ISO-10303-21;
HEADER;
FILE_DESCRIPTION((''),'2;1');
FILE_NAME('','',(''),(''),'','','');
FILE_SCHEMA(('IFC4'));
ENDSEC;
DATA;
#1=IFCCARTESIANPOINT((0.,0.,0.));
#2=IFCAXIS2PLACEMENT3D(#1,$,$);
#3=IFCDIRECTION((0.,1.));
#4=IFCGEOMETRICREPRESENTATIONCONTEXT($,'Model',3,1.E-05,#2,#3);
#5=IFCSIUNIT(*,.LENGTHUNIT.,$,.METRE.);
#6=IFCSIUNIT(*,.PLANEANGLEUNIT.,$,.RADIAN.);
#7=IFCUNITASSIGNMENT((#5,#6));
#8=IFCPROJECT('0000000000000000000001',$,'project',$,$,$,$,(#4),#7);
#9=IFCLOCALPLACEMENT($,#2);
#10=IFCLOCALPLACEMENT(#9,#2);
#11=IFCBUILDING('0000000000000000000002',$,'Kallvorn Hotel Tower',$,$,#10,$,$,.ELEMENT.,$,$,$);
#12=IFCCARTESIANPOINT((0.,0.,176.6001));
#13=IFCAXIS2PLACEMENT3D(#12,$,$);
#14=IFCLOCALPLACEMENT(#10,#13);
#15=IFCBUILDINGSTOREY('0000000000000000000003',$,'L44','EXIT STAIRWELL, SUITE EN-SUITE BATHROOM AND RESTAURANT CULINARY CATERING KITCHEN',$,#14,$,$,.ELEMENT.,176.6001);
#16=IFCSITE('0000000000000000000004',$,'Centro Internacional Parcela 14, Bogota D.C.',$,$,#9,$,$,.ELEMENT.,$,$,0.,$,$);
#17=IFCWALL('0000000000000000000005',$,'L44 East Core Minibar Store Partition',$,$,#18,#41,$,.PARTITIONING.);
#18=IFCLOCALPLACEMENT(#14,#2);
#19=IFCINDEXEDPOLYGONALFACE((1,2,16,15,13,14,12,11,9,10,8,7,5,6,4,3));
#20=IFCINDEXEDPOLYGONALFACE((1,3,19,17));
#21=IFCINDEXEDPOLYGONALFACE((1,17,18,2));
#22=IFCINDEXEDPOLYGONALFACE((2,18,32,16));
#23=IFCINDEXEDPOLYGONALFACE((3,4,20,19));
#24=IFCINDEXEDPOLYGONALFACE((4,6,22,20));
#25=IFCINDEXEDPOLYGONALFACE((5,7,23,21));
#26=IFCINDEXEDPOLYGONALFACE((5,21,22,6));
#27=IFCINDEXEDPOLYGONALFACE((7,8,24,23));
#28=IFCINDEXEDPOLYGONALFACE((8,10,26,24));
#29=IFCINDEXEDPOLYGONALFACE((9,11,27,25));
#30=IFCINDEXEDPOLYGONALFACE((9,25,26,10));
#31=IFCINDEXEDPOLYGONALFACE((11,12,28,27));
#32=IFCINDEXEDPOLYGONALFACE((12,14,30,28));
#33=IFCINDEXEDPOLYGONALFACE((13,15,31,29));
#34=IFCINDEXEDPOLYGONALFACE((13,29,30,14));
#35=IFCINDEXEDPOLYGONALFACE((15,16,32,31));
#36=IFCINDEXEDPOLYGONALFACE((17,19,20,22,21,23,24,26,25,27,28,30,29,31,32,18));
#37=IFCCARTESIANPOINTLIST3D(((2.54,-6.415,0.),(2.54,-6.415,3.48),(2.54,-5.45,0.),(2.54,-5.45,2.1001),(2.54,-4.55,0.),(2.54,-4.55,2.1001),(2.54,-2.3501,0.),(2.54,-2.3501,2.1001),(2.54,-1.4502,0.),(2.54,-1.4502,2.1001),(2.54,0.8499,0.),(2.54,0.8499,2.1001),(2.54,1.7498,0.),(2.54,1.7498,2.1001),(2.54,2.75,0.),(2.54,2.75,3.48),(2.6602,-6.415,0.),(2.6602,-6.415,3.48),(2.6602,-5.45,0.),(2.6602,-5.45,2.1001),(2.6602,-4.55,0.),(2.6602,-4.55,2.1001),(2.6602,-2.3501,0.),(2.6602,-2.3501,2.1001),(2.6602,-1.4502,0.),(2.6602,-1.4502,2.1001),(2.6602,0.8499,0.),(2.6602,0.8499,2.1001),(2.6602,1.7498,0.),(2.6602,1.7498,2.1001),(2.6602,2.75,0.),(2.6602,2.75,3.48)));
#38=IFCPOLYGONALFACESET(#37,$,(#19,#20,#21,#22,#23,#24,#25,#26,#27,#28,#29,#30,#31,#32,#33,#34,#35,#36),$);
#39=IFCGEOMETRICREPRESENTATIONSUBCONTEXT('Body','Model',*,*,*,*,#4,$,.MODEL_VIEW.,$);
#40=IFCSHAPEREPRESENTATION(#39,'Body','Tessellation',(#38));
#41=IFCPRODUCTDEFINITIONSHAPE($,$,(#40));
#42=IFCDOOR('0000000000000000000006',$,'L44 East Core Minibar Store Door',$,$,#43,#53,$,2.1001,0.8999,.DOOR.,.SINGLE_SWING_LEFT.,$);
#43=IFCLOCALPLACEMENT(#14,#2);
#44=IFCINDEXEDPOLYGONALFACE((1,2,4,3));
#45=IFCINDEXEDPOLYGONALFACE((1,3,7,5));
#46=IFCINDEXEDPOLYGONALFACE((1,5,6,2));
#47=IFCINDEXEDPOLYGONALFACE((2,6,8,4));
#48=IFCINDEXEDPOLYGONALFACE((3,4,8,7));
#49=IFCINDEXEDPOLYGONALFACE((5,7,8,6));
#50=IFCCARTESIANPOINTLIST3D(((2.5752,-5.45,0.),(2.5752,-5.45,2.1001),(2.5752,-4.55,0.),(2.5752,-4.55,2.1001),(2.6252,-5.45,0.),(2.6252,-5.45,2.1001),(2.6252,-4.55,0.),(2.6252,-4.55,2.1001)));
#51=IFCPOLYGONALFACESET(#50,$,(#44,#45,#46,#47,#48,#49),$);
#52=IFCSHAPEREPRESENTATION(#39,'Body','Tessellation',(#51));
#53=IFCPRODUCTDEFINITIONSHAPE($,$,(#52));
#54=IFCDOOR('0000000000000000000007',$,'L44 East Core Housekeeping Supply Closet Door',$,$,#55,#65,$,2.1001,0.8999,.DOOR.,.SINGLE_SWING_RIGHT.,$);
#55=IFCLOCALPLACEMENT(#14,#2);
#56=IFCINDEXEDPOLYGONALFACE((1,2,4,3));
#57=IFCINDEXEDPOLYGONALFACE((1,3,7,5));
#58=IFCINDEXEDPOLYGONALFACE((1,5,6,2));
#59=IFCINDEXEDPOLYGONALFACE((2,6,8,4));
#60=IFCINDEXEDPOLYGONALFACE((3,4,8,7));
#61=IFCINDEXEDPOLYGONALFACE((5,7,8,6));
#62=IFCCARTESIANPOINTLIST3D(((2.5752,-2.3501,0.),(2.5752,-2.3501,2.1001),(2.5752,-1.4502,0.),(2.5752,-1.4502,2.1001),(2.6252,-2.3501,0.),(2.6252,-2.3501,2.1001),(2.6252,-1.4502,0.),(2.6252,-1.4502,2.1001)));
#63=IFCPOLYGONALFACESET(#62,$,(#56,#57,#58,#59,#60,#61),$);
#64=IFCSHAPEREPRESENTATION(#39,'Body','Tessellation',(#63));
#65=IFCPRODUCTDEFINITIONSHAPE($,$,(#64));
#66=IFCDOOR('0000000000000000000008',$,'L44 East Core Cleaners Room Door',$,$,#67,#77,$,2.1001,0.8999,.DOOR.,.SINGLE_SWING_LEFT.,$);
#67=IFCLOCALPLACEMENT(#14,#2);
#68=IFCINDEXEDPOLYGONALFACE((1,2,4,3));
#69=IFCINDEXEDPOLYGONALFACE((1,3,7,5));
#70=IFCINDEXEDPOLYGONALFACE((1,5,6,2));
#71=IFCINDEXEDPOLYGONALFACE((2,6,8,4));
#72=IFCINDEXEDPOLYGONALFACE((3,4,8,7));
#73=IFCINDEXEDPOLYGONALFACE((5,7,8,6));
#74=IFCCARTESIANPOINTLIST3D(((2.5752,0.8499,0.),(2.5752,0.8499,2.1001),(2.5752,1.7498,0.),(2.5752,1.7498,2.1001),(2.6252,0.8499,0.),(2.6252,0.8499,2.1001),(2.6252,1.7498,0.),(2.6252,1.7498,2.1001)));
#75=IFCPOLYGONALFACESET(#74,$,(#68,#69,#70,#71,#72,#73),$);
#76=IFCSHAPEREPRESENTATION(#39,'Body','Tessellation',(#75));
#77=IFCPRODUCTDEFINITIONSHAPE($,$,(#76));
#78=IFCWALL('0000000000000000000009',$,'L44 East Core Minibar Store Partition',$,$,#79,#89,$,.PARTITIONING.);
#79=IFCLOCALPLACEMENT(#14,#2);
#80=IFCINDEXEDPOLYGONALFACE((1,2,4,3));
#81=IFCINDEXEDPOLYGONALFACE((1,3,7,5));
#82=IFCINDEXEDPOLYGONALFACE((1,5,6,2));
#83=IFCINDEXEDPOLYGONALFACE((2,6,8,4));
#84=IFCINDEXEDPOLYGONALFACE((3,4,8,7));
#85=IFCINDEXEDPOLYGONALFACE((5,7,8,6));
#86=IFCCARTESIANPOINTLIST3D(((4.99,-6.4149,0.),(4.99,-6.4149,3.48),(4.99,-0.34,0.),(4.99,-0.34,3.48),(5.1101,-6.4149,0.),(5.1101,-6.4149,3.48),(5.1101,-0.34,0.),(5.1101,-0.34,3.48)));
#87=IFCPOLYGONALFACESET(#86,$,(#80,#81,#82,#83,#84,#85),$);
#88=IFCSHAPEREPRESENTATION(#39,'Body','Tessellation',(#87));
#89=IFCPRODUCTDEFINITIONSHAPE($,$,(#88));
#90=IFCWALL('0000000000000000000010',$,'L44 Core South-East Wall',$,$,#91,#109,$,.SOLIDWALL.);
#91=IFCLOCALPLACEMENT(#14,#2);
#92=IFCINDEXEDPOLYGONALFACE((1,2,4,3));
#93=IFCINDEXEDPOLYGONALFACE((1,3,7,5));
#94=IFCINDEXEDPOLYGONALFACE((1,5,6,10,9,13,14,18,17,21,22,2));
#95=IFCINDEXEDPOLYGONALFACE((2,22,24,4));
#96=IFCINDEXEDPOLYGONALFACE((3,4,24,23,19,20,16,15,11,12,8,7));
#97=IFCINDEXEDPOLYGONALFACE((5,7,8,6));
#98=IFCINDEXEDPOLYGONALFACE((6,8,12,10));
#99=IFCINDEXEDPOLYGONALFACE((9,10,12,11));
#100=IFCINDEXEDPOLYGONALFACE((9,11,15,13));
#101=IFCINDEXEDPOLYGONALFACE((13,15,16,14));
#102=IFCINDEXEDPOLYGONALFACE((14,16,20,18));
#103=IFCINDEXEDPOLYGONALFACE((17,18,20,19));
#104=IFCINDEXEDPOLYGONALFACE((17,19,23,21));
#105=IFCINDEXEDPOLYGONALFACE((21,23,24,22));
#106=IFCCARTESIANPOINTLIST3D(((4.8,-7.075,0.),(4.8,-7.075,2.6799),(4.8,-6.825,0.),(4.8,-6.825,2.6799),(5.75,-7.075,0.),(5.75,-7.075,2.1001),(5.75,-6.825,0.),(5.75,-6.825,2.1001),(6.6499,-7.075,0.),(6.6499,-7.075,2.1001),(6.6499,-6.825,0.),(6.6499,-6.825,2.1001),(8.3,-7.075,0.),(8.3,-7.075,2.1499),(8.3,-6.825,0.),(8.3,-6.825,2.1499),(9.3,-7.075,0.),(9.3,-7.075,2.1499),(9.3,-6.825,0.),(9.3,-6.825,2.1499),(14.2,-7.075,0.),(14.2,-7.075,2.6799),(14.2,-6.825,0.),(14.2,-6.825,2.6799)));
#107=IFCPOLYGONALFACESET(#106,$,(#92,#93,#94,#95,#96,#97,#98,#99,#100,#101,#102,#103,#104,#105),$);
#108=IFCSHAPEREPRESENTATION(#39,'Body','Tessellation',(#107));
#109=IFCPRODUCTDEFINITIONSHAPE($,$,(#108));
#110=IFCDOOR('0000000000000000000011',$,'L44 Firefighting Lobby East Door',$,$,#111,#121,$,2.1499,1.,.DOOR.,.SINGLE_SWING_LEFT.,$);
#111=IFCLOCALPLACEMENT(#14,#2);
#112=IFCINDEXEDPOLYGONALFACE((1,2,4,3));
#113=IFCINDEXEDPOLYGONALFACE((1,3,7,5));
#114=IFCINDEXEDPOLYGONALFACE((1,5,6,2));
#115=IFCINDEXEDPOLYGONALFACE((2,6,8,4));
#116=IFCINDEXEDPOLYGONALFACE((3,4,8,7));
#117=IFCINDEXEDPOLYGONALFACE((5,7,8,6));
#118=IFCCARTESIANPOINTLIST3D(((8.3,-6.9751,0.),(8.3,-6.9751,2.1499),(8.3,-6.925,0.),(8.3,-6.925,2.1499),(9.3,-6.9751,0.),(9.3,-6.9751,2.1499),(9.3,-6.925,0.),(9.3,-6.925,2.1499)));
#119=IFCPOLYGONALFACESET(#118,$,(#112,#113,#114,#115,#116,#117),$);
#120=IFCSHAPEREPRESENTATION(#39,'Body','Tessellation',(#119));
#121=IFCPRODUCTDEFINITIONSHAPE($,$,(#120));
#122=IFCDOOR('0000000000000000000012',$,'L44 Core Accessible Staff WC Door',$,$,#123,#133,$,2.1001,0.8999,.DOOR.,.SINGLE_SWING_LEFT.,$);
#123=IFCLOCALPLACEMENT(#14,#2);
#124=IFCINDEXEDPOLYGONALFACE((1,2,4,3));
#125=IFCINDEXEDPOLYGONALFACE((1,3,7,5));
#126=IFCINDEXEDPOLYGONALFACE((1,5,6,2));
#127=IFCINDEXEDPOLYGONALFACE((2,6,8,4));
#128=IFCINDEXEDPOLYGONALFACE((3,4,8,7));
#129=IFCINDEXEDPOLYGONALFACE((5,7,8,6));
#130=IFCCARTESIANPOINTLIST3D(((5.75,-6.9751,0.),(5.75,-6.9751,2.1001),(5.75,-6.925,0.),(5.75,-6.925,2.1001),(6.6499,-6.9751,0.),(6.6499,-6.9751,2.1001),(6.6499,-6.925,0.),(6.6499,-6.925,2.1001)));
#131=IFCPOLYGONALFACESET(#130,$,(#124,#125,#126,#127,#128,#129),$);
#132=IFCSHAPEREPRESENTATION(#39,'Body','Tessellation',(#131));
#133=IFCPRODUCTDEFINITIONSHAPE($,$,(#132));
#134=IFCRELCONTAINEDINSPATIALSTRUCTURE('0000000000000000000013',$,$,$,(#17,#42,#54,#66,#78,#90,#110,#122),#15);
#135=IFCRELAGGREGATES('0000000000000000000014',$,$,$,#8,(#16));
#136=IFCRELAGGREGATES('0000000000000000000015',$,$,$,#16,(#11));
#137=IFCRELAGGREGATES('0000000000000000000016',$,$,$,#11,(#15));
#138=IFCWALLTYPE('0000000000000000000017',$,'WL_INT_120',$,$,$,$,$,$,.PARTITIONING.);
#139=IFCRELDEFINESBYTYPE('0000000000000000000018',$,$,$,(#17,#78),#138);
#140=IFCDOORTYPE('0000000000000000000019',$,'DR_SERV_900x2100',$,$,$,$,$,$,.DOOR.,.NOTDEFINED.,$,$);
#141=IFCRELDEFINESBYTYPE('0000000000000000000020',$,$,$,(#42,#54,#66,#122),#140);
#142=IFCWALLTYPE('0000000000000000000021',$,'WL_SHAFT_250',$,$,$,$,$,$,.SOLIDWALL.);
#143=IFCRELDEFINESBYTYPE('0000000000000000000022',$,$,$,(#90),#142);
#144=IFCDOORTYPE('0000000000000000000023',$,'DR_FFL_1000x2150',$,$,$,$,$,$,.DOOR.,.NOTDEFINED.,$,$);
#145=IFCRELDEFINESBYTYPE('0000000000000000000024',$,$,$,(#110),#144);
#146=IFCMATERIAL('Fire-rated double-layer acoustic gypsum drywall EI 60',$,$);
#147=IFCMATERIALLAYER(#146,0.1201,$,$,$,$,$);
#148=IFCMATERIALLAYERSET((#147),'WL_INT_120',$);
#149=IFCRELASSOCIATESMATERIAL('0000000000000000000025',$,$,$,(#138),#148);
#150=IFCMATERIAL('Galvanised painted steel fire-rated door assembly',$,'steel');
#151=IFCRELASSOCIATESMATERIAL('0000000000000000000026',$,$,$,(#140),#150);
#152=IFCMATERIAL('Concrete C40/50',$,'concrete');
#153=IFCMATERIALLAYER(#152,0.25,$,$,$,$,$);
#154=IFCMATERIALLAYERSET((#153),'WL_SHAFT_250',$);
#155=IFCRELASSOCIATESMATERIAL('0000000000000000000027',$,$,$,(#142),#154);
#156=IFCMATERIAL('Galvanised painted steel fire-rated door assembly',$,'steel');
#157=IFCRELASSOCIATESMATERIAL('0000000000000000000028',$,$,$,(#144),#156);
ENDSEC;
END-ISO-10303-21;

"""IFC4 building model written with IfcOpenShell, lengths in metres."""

from ifc_helpers import new_model, si_unit, direction, frame, frame_2d, origin, place, context, subcontext, project, spatial, rectangle, extrude, material, layer, layer_set, type_object, element, fill, save


model = new_model("IFC4")

# Units and contexts
model_context = context("Model", 3, precision=1e-05, world=origin(), true_north=direction((0.0, 1.0)))
body_context = subcontext(model_context, "Body", "Model", "MODEL_VIEW")
ifc_project = project(units=[si_unit("LENGTHUNIT", "METRE"), si_unit("PLANEANGLEUNIT", "RADIAN")], contexts=[model_context])

# Site, building, storey
site_placement = place(None, origin())
site = spatial("IfcSite", under=ifc_project, at=site_placement, Name="Centro Internacional Parcela 14, Bogota D.C.", CompositionType="ELEMENT", RefElevation=0.0)
building_placement = place(site_placement, origin())
building = spatial("IfcBuilding", under=site, at=building_placement, Name="Kallvorn Hotel Tower", CompositionType="ELEMENT")
storey_placement = place(building_placement, frame((0.0, 0.0, 176.6001)))
storey = spatial("IfcBuildingStorey", under=building, at=storey_placement, Name="L44", Description="EXIT STAIRWELL, SUITE EN-SUITE BATHROOM AND RESTAURANT CULINARY CATERING KITCHEN", CompositionType="ELEMENT", Elevation=176.6001)

# Shared definitions
ifc_material_1 = material(Name="Fire-rated double-layer acoustic gypsum drywall EI 60")
ifc_layer_1 = layer(ifc_material_1, 0.1201)
ifc_layer_set_1 = layer_set([ifc_layer_1], Name="WL_INT_120")
wall_type_1 = type_object("IfcWallType", Name="WL_INT_120", PredefinedType="PARTITIONING", material=ifc_layer_set_1)

# Wall, openings, doors
wall_1_placement = place(storey_placement, frame((2.6001, -6.415, 0.0), z_axis=(0.0, 0.0, 1.0), x_axis=(0.0, 1.0, 0.0)))
wall_1 = element("IfcWall", 1, at=wall_1_placement, inside=storey, type_object=wall_type_1, Name="L44 East Core Minibar Store Partition", PredefinedType="PARTITIONING", context=body_context, shape_type="SweptSolid", body=[
    extrude(rectangle(XDim=9.165, YDim=0.1201, at=frame_2d((4.5825, 0.0))), origin(), (0.0, 0.0, 1.0), 3.48),
])
opening_1_placement = place(wall_1_placement, frame((0.9651, 0.0, 0.0)))
opening_1 = element("IfcOpeningElement", 2, at=opening_1_placement, cuts=wall_1, PredefinedType="OPENING", context=body_context, shape_type="SweptSolid", body=[
    extrude(rectangle(XDim=0.8999, YDim=2.1001, at=frame_2d((0.45, 1.05))), frame((0.0, 0.075, 0.0), z_axis=(0.0, -1.0, 0.0), x_axis=(1.0, 0.0, 0.0)), (0.0, 0.0, 1.0), 0.1501),
])
opening_2_placement = place(wall_1_placement, frame((4.0649, 0.0, 0.0)))
opening_2 = element("IfcOpeningElement", 3, at=opening_2_placement, cuts=wall_1, PredefinedType="OPENING", context=body_context, shape_type="SweptSolid", body=[
    extrude(rectangle(XDim=0.8999, YDim=2.1001, at=frame_2d((0.45, 1.05))), frame((0.0, 0.075, 0.0), z_axis=(0.0, -1.0, 0.0), x_axis=(1.0, 0.0, 0.0)), (0.0, 0.0, 1.0), 0.1501),
])
opening_3_placement = place(wall_1_placement, frame((7.2649, 0.0, 0.0)))
opening_3 = element("IfcOpeningElement", 4, at=opening_3_placement, cuts=wall_1, PredefinedType="OPENING", context=body_context, shape_type="SweptSolid", body=[
    extrude(rectangle(XDim=0.8999, YDim=2.1001, at=frame_2d((0.45, 1.05))), frame((0.0, 0.075, 0.0), z_axis=(0.0, -1.0, 0.0), x_axis=(1.0, 0.0, 0.0)), (0.0, 0.0, 1.0), 0.1501),
])
ifc_material_2 = material(Name="Galvanised painted steel fire-rated door assembly", Category="steel")
door_type_1 = type_object("IfcDoorType", Name="DR_SERV_900x2100", OperationType="NOTDEFINED", PredefinedType="DOOR", material=ifc_material_2)
door_1_placement = place(opening_1_placement, origin())
door_1 = element("IfcDoor", 5, at=door_1_placement, inside=storey, type_object=door_type_1, Name="L44 East Core Minibar Store Door", OperationType="SINGLE_SWING_LEFT", OverallHeight=2.1001, OverallWidth=0.8999, PredefinedType="DOOR", context=body_context, shape_type="SweptSolid", body=[
    extrude(rectangle(XDim=0.8999, YDim=2.1001, at=frame_2d((0.45, 1.05))), frame((0.0, 0.0249, 0.0), z_axis=(0.0, -1.0, 0.0), x_axis=(1.0, 0.0, 0.0)), (0.0, 0.0, 1.0), 0.05),
])
fill(opening_1, door_1)
door_2_placement = place(opening_2_placement, origin())
door_2 = element("IfcDoor", 6, at=door_2_placement, inside=storey, type_object=door_type_1, Name="L44 East Core Housekeeping Supply Closet Door", OperationType="SINGLE_SWING_RIGHT", OverallHeight=2.1001, OverallWidth=0.8999, PredefinedType="DOOR", context=body_context, shape_type="SweptSolid", body=[
    extrude(rectangle(XDim=0.8999, YDim=2.1001, at=frame_2d((0.45, 1.05))), frame((0.0, 0.0249, 0.0), z_axis=(0.0, -1.0, 0.0), x_axis=(1.0, 0.0, 0.0)), (0.0, 0.0, 1.0), 0.05),
])
fill(opening_2, door_2)
door_3_placement = place(opening_3_placement, origin())
door_3 = element("IfcDoor", 7, at=door_3_placement, inside=storey, type_object=door_type_1, Name="L44 East Core Cleaners Room Door", OperationType="SINGLE_SWING_LEFT", OverallHeight=2.1001, OverallWidth=0.8999, PredefinedType="DOOR", context=body_context, shape_type="SweptSolid", body=[
    extrude(rectangle(XDim=0.8999, YDim=2.1001, at=frame_2d((0.45, 1.05))), frame((0.0, 0.0249, 0.0), z_axis=(0.0, -1.0, 0.0), x_axis=(1.0, 0.0, 0.0)), (0.0, 0.0, 1.0), 0.05),
])
fill(opening_3, door_3)

# Wall
wall_2_placement = place(storey_placement, frame((5.05, -6.415, 0.0), z_axis=(0.0, 0.0, 1.0), x_axis=(0.0, 1.0, 0.0)))
element("IfcWall", 8, at=wall_2_placement, inside=storey, type_object=wall_type_1, Name="L44 East Core Minibar Store Partition", PredefinedType="PARTITIONING", context=body_context, shape_type="SweptSolid", body=[
    extrude(rectangle(XDim=6.075, YDim=0.1201, at=frame_2d((3.0376, 0.0))), origin(), (0.0, 0.0, 1.0), 3.48),
])

# Wall, openings, doors
ifc_material_3 = material(Name="Concrete C40/50", Category="concrete")
ifc_layer_2 = layer(ifc_material_3, 0.25)
ifc_layer_set_2 = layer_set([ifc_layer_2], Name="WL_SHAFT_250")
wall_type_2 = type_object("IfcWallType", Name="WL_SHAFT_250", PredefinedType="SOLIDWALL", material=ifc_layer_set_2)
wall_3_placement = place(storey_placement, frame((4.8, -6.95, 0.0), z_axis=(0.0, 0.0, 1.0), x_axis=(1.0, 0.0, 0.0)))
wall_3 = element("IfcWall", 9, at=wall_3_placement, inside=storey, type_object=wall_type_2, Name="L44 Core South-East Wall", PredefinedType="SOLIDWALL", context=body_context, shape_type="SweptSolid", body=[
    extrude(rectangle(XDim=9.3999, YDim=0.25, at=frame_2d((4.7, 0.0))), origin(), (0.0, 0.0, 1.0), 2.6799),
])
opening_4_placement = place(wall_3_placement, frame((3.5, 0.0, 0.0)))
opening_4 = element("IfcOpeningElement", 10, at=opening_4_placement, cuts=wall_3, PredefinedType="OPENING", context=body_context, shape_type="SweptSolid", body=[
    extrude(rectangle(XDim=1.0, YDim=2.1499, at=frame_2d((0.5, 1.075))), frame((0.0, 0.1399, 0.0), z_axis=(0.0, -1.0, 0.0), x_axis=(1.0, 0.0, 0.0)), (0.0, 0.0, 1.0), 0.28),
])
opening_5_placement = place(wall_3_placement, frame((0.95, 0.0, 0.0)))
opening_5 = element("IfcOpeningElement", 11, at=opening_5_placement, cuts=wall_3, PredefinedType="OPENING", context=body_context, shape_type="SweptSolid", body=[
    extrude(rectangle(XDim=0.8999, YDim=2.1001, at=frame_2d((0.45, 1.05))), frame((0.0, 0.1399, 0.0), z_axis=(0.0, -1.0, 0.0), x_axis=(1.0, 0.0, 0.0)), (0.0, 0.0, 1.0), 0.28),
])
ifc_material_4 = material(Name="Galvanised painted steel fire-rated door assembly", Category="steel")
door_type_2 = type_object("IfcDoorType", Name="DR_FFL_1000x2150", OperationType="NOTDEFINED", PredefinedType="DOOR", material=ifc_material_4)
door_4_placement = place(opening_4_placement, origin())
door_4 = element("IfcDoor", 12, at=door_4_placement, inside=storey, type_object=door_type_2, Name="L44 Firefighting Lobby East Door", OperationType="SINGLE_SWING_LEFT", OverallHeight=2.1499, OverallWidth=1.0, PredefinedType="DOOR", context=body_context, shape_type="SweptSolid", body=[
    extrude(rectangle(XDim=1.0, YDim=2.1499, at=frame_2d((0.5, 1.075))), frame((0.0, 0.0249, 0.0), z_axis=(0.0, -1.0, 0.0), x_axis=(1.0, 0.0, 0.0)), (0.0, 0.0, 1.0), 0.05),
])
fill(opening_4, door_4)
door_5_placement = place(opening_5_placement, origin())
door_5 = element("IfcDoor", 13, at=door_5_placement, inside=storey, type_object=door_type_1, Name="L44 Core Accessible Staff WC Door", OperationType="SINGLE_SWING_LEFT", OverallHeight=2.1001, OverallWidth=0.8999, PredefinedType="DOOR", context=body_context, shape_type="SweptSolid", body=[
    extrude(rectangle(XDim=0.8999, YDim=2.1001, at=frame_2d((0.45, 1.05))), frame((0.0, 0.0249, 0.0), z_axis=(0.0, -1.0, 0.0), x_axis=(1.0, 0.0, 0.0)), (0.0, 0.0, 1.0), 0.05),
])
fill(opening_5, door_5)

save(model, "model.ifc")
